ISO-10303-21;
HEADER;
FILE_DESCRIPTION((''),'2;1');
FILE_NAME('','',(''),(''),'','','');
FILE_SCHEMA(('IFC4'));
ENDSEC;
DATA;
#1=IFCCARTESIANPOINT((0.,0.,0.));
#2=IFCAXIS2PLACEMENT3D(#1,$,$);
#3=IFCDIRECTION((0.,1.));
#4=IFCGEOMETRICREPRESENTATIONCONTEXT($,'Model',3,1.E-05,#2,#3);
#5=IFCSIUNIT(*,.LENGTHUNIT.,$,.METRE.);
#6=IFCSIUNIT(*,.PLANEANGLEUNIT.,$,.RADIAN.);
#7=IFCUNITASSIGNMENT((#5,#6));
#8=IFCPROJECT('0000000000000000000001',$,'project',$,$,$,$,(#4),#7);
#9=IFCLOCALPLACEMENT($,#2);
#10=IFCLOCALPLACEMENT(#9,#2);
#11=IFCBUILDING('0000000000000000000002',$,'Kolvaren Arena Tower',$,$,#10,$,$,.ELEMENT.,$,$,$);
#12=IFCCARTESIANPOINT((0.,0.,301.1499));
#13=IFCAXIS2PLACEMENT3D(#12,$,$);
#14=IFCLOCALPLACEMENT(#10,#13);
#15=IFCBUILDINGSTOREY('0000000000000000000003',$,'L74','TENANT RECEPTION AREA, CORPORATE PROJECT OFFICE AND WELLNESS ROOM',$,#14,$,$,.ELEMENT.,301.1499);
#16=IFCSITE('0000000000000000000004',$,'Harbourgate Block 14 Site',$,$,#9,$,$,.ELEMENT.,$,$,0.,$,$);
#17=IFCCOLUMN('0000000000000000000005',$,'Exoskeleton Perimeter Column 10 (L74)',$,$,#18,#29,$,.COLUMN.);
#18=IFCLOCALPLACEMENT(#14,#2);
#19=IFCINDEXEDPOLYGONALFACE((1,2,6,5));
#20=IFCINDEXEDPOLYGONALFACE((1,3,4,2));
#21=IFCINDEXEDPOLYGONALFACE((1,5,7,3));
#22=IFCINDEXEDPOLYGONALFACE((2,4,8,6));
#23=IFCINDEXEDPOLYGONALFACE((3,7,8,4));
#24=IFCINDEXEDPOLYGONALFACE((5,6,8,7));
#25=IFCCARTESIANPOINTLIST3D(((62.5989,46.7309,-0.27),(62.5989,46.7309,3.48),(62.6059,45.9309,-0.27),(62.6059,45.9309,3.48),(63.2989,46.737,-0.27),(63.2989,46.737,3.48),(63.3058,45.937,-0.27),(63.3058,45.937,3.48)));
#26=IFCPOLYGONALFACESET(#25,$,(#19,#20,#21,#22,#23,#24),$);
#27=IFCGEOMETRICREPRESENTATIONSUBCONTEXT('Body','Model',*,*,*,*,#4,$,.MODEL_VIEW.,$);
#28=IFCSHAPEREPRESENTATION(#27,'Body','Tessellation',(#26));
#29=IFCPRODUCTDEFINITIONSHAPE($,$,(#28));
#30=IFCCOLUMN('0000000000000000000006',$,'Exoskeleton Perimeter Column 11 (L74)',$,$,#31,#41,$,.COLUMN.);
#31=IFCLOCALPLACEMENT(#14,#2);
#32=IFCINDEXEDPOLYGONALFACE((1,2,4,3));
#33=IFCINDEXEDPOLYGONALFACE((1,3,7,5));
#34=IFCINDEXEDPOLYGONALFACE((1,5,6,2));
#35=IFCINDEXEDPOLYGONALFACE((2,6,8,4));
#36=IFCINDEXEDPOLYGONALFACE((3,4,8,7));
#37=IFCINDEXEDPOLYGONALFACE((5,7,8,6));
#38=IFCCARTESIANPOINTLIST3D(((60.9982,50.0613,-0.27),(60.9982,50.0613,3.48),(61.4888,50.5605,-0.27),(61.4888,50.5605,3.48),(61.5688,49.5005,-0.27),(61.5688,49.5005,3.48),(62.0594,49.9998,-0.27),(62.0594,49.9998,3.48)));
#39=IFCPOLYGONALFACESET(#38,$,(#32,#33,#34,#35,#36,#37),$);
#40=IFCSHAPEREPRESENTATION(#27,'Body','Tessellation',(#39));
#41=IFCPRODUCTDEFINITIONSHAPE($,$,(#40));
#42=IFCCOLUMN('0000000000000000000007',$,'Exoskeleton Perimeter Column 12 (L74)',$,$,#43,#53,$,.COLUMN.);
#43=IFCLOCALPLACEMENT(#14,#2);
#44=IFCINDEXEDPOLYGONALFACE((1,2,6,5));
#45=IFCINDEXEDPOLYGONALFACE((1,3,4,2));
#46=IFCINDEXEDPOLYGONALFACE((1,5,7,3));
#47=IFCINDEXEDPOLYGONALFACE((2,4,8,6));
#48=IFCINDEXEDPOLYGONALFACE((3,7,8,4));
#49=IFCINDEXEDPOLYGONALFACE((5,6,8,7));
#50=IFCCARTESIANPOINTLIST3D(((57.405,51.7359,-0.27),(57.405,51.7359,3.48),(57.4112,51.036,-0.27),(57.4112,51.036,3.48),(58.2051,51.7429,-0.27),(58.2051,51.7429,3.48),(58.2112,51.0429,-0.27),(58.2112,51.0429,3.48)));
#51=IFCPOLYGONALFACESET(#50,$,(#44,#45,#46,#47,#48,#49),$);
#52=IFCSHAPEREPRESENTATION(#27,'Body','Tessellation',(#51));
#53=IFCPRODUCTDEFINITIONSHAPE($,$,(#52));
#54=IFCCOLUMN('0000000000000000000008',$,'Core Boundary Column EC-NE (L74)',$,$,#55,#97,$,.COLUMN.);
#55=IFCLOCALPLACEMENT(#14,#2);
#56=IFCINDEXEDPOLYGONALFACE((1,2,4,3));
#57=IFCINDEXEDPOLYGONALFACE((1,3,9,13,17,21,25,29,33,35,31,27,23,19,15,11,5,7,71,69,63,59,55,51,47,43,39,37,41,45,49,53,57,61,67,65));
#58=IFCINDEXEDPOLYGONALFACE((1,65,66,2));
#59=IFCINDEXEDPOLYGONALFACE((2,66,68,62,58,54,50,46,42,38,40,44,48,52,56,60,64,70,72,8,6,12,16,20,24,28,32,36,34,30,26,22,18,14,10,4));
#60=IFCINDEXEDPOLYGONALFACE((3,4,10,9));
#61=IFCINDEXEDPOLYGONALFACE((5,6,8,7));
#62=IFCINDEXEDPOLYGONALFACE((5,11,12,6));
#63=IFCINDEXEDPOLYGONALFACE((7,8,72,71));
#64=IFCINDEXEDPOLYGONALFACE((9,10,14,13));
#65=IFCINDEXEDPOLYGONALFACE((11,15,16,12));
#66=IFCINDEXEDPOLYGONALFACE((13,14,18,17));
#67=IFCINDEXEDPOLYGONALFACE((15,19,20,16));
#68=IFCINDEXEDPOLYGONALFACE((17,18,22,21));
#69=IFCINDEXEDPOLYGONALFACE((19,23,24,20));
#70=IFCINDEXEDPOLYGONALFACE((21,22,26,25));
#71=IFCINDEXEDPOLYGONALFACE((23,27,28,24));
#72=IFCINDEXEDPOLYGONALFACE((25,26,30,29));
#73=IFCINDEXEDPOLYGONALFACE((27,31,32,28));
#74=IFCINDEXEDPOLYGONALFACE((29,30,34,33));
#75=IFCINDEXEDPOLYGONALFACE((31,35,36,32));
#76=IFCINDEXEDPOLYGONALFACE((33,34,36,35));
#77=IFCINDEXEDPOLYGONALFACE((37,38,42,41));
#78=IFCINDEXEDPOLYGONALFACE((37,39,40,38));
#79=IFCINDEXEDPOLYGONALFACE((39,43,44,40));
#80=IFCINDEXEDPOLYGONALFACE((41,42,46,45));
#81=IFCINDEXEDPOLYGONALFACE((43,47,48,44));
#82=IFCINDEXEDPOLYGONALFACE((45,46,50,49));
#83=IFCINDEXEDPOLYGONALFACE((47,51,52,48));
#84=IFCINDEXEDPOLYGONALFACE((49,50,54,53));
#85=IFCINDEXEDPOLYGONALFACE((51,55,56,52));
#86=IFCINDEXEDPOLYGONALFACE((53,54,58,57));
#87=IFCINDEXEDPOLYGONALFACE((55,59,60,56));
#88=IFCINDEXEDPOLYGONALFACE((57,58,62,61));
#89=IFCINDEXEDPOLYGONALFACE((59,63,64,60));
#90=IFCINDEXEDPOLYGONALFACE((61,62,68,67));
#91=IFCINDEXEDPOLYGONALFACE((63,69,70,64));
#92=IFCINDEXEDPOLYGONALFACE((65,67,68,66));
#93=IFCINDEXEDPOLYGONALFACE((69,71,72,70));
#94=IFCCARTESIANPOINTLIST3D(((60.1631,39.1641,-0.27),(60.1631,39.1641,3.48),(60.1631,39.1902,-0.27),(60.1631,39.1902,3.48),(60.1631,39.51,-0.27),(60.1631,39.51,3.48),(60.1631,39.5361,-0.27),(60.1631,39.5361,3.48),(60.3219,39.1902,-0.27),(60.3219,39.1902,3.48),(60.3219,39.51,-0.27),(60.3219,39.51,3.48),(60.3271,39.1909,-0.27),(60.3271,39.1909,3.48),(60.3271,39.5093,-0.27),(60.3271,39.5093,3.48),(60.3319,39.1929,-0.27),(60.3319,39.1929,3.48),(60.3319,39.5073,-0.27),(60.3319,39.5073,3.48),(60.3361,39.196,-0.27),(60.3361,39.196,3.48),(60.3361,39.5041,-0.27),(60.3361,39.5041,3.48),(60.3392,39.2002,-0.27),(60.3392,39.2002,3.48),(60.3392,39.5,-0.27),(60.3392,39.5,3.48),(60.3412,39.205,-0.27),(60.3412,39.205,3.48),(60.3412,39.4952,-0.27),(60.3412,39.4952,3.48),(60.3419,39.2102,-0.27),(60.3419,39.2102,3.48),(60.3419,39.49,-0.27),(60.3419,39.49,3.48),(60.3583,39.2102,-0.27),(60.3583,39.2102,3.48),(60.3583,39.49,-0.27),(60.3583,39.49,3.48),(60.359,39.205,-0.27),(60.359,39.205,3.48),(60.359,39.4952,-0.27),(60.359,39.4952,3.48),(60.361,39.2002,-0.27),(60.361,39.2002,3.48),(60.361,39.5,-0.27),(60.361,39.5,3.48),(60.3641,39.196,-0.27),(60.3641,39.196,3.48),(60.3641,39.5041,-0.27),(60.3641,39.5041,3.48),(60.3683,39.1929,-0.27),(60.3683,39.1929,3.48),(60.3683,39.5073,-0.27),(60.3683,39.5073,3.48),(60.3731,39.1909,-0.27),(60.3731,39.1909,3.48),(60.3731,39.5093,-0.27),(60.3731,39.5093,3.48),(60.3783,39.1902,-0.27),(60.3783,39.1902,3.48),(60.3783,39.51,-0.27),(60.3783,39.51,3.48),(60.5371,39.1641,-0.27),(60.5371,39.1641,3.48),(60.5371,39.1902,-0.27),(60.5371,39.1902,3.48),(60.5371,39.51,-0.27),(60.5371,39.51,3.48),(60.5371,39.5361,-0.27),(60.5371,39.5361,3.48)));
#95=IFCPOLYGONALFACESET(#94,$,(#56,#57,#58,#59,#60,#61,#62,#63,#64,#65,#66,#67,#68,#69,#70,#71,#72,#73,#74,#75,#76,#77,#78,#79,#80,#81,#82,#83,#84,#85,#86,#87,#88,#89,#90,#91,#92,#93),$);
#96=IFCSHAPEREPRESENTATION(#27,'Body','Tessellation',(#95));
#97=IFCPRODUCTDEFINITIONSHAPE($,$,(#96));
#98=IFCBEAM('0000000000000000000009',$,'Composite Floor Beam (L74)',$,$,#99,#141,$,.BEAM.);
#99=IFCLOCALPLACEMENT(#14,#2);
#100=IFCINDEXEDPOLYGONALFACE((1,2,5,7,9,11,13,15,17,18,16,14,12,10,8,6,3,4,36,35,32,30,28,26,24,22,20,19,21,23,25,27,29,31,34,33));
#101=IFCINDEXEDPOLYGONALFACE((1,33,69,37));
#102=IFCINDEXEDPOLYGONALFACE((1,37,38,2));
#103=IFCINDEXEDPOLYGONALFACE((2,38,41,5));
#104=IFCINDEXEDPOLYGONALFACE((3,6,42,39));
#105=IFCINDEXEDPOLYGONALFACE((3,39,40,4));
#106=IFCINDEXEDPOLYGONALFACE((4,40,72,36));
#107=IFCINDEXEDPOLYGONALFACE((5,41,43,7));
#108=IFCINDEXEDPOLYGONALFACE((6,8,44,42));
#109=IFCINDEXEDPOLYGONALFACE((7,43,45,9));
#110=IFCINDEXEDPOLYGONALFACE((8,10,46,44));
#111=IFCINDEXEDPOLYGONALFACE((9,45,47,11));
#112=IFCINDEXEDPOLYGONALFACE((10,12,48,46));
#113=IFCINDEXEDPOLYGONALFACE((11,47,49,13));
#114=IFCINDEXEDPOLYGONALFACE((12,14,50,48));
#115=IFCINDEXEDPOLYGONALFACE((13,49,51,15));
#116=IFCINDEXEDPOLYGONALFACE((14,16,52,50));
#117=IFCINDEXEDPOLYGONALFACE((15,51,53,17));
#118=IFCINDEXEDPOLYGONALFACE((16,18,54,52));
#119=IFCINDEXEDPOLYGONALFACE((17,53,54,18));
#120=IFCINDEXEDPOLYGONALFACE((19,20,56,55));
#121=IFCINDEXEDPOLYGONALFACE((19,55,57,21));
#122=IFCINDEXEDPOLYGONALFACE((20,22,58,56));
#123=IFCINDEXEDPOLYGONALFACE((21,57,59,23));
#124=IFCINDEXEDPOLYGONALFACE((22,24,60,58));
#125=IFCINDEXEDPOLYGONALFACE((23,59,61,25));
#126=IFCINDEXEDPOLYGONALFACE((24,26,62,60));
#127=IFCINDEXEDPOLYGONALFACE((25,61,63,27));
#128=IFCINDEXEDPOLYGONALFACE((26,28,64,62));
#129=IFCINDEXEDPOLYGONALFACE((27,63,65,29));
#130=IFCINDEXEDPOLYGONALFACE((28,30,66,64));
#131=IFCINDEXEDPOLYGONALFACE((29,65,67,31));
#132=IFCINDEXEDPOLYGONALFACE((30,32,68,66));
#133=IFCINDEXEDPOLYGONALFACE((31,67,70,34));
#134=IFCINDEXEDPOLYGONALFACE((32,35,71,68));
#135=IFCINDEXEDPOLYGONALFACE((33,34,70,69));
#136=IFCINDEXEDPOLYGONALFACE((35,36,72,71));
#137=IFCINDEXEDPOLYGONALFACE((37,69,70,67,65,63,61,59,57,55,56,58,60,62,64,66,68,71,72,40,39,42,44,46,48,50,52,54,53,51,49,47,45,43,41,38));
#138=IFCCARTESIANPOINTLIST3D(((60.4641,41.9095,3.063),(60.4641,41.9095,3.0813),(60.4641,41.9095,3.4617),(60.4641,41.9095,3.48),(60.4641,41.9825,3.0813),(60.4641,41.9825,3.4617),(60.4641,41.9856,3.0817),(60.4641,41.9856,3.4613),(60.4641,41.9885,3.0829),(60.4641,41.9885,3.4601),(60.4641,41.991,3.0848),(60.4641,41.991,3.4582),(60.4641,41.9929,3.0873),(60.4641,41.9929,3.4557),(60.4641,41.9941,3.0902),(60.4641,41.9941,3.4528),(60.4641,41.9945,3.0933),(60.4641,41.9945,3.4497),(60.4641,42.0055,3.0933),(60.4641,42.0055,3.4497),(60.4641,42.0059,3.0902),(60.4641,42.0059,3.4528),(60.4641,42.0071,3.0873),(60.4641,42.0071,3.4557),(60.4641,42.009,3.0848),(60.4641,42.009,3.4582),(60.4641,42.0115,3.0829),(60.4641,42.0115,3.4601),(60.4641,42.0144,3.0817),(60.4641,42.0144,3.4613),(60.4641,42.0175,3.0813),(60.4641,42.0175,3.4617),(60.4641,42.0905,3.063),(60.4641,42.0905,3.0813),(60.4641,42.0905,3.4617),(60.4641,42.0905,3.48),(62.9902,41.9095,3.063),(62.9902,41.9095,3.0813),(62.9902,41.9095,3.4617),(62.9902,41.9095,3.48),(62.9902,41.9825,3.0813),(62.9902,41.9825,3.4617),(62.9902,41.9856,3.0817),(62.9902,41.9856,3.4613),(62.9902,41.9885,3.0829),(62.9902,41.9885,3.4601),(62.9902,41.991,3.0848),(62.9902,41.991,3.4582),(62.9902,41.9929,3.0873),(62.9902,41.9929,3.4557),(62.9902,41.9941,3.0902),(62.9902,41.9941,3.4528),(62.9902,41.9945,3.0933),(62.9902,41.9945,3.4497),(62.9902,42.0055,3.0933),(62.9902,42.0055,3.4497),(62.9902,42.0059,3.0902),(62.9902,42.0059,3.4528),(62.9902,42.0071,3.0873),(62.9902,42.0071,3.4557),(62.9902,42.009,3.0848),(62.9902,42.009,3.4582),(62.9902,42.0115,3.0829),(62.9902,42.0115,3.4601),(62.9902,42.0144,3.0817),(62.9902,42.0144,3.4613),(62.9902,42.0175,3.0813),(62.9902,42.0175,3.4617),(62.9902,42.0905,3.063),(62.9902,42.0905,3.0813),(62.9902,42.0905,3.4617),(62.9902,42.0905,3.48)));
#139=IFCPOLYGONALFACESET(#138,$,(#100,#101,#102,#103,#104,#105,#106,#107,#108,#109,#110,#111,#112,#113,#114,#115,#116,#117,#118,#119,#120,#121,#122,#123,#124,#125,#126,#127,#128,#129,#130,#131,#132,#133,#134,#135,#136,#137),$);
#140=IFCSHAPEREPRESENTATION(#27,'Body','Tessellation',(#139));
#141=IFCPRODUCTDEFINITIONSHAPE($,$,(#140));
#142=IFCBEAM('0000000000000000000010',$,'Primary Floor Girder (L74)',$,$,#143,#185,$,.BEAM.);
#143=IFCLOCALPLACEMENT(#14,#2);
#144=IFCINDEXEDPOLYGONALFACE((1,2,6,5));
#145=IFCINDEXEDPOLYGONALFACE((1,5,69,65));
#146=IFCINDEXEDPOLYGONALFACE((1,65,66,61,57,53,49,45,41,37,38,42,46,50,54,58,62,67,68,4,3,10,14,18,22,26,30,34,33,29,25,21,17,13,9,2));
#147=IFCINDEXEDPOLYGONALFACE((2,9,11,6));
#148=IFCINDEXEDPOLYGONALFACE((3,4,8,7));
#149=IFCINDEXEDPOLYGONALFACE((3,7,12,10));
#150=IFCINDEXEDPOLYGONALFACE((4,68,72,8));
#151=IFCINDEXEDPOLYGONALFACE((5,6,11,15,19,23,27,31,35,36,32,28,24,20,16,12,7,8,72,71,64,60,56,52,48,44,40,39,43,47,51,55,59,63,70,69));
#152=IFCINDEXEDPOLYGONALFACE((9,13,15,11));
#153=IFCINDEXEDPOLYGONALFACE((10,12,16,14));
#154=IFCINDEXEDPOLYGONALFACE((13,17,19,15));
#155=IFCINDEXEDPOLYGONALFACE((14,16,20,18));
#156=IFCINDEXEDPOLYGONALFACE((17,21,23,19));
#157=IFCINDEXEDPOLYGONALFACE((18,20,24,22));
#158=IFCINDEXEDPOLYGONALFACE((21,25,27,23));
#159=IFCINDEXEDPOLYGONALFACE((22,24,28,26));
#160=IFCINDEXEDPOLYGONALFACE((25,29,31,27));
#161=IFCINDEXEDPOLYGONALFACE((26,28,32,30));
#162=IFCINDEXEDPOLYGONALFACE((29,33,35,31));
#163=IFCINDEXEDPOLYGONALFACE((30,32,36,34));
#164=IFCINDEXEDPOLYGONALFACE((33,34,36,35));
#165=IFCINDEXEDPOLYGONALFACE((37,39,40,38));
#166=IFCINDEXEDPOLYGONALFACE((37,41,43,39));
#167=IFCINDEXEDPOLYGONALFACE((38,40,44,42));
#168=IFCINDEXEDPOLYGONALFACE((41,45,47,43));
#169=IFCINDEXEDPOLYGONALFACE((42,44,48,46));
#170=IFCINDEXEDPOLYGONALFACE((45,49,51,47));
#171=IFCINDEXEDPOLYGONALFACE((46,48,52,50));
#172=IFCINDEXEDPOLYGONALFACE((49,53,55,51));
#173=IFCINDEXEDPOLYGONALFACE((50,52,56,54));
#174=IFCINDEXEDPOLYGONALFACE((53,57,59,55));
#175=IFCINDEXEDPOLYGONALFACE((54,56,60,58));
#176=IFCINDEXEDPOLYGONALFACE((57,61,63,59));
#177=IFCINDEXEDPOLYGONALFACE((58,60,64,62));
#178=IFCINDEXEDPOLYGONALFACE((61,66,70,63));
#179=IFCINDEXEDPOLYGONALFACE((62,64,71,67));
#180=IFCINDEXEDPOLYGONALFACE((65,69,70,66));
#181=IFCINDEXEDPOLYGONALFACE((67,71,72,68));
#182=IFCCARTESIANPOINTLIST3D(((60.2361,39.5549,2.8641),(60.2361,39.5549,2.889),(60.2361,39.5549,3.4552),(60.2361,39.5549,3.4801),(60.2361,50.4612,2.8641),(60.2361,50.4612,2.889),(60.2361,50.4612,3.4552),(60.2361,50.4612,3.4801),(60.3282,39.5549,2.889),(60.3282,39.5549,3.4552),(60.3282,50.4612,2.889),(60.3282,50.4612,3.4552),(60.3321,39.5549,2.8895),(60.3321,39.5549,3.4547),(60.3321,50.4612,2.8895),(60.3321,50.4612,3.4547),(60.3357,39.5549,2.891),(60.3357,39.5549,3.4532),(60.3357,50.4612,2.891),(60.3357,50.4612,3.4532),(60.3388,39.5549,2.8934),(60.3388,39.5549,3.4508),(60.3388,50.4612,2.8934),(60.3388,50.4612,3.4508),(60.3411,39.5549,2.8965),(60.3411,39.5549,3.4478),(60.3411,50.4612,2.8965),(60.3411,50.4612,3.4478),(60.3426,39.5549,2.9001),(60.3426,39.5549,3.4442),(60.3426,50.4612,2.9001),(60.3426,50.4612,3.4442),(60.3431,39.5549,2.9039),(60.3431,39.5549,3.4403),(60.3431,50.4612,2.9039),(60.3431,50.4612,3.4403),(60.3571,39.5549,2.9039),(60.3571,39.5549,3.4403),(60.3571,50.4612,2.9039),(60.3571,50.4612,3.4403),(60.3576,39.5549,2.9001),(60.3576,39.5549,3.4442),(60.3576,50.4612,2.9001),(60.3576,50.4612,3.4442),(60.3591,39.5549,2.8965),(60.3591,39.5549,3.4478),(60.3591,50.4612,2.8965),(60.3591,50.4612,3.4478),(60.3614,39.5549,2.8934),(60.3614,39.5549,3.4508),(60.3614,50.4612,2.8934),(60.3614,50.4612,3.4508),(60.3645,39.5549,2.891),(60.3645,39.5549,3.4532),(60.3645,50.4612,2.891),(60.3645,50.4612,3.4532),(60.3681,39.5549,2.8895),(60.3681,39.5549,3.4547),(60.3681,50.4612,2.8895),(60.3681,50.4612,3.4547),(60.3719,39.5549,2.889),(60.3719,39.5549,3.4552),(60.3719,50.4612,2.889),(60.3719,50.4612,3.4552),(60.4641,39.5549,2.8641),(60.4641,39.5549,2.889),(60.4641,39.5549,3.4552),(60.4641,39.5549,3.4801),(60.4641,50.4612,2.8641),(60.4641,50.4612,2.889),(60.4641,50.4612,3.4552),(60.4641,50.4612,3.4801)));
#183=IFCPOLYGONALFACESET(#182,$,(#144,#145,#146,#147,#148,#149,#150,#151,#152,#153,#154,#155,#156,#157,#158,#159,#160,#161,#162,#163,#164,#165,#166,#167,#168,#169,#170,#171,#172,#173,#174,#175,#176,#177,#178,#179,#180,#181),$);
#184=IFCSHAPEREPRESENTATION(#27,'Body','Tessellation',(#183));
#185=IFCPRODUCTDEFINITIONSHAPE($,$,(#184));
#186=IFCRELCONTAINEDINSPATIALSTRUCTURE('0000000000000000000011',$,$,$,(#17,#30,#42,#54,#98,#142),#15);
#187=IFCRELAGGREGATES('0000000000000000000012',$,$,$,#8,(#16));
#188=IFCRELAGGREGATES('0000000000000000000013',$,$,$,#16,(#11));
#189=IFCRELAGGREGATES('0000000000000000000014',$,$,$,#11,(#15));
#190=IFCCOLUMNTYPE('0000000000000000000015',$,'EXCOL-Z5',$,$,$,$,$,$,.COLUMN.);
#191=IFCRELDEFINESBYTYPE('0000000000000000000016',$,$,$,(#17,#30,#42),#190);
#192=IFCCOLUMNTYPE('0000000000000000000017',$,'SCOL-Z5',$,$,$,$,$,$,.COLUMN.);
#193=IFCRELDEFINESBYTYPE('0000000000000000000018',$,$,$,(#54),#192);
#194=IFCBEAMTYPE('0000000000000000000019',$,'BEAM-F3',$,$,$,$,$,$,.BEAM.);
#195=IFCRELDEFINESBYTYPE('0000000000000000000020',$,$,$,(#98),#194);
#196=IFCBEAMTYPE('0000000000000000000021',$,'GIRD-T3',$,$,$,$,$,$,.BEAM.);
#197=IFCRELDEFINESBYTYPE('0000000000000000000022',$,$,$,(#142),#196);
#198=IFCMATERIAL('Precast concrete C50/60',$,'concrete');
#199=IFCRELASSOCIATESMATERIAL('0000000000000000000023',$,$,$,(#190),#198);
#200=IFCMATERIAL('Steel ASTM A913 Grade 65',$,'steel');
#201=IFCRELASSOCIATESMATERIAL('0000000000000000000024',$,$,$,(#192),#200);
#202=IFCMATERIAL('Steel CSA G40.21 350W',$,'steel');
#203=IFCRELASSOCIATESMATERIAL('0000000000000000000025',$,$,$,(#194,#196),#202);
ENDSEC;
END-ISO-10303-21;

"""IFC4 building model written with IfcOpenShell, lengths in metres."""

from ifc_helpers import new_model, si_unit, direction, frame, origin, origin_2d, place, context, subcontext, project, spatial, rectangle, i_section, extrude, material, material_profile, profile_set, type_object, element, save


model = new_model("IFC4")

# Units and contexts
model_context = context("Model", 3, precision=1e-05, world=origin(), true_north=direction((0.0, 1.0)))
body_context = subcontext(model_context, "Body", "Model", "MODEL_VIEW")
ifc_project = project(units=[si_unit("LENGTHUNIT", "METRE"), si_unit("PLANEANGLEUNIT", "RADIAN")], contexts=[model_context])

# Site, building, storey
site_placement = place(None, origin())
site = spatial("IfcSite", under=ifc_project, at=site_placement, Name="Harbourgate Block 14 Site", CompositionType="ELEMENT", RefElevation=0.0)
building_placement = place(site_placement, origin())
building = spatial("IfcBuilding", under=site, at=building_placement, Name="Kolvaren Arena Tower", CompositionType="ELEMENT")
storey_placement = place(building_placement, frame((0.0, 0.0, 301.1499)))
storey = spatial("IfcBuildingStorey", under=building, at=storey_placement, Name="L74", Description="TENANT RECEPTION AREA, CORPORATE PROJECT OFFICE AND WELLNESS ROOM", CompositionType="ELEMENT", Elevation=301.1499)

# Columns
ifc_material_1 = material(Name="Precast concrete C50/60", Category="concrete")
ifc_material_profile_1 = material_profile(ifc_material_1, rectangle(XDim=0.8, YDim=0.7, at=origin_2d()), Name="RC-800x700")
ifc_profile_set_1 = profile_set([ifc_material_profile_1], Name="Precast concrete C50/60")
column_type_1 = type_object("IfcColumnType", Name="EXCOL-Z5", PredefinedType="COLUMN", material=ifc_profile_set_1)
for number, where, z_axis, x_axis, name in (
    (1, (62.9524, 46.334, -0.27), (0.0, 0.0, 1.0), (-0.008727, 0.999962, 0.0), "Exoskeleton Perimeter Column 10 (L74)"),
    (2, (61.5288, 50.0305, -0.27), (0.0, 0.0, 1.0), (-0.71325, 0.700909, 0.0), "Exoskeleton Perimeter Column 11 (L74)"),
    (3, (57.8081, 51.3894, -0.27), (0.0, 0.0, 1.0), (0.999962, 0.008727, 0.0), "Exoskeleton Perimeter Column 12 (L74)"),
):
    element("IfcColumn", number, at=place(storey_placement, frame(where, z_axis=z_axis, x_axis=x_axis)), inside=storey, type_object=column_type_1, Name=name, PredefinedType="COLUMN", context=body_context, shape_type="SweptSolid", body=[
        extrude(rectangle(XDim=0.8, YDim=0.7, at=origin_2d()), origin(), (0.0, 0.0, 1.0), 3.75),
    ])
ifc_material_2 = material(Name="Steel ASTM A913 Grade 65", Category="steel")
ifc_material_profile_2 = material_profile(ifc_material_2, i_section(OverallWidth=0.374, OverallDepth=0.3721, WebThickness=0.0164, FlangeThickness=0.0261, FilletRadius=0.02, at=origin_2d()), Name="W360x196")
ifc_profile_set_2 = profile_set([ifc_material_profile_2], Name="Steel ASTM A913 Grade 65")
column_type_2 = type_object("IfcColumnType", Name="SCOL-Z5", PredefinedType="COLUMN", material=ifc_profile_set_2)
column_placement = place(storey_placement, frame((60.3501, 39.3501, -0.27), z_axis=(0.0, 0.0, 1.0), x_axis=(1.0, 0.0, 0.0)))
element("IfcColumn", 4, at=column_placement, inside=storey, type_object=column_type_2, Name="Core Boundary Column EC-NE (L74)", PredefinedType="COLUMN", context=body_context, shape_type="SweptSolid", body=[
    extrude(i_section(OverallWidth=0.374, OverallDepth=0.3721, WebThickness=0.0164, FlangeThickness=0.0261, FilletRadius=0.02, at=origin_2d()), origin(), (0.0, 0.0, 1.0), 3.75),
])

# Beams
ifc_material_3 = material(Name="Steel CSA G40.21 350W", Category="steel")
ifc_material_profile_3 = material_profile(ifc_material_3, i_section(OverallWidth=0.1809, OverallDepth=0.417, WebThickness=0.011, FlangeThickness=0.0183, FilletRadius=0.012, at=origin_2d()), Name="W410x85")
ifc_profile_set_3 = profile_set([ifc_material_profile_3], Name="Steel CSA G40.21 350W")
beam_type_1 = type_object("IfcBeamType", Name="BEAM-F3", PredefinedType="BEAM", material=ifc_profile_set_3)
beam_1_placement = place(storey_placement, frame((60.4641, 42.0, 3.2715), z_axis=(1.0, 0.0, 0.0), x_axis=(0.0, 1.0, 0.0)))
element("IfcBeam", 5, at=beam_1_placement, inside=storey, type_object=beam_type_1, Name="Composite Floor Beam (L74)", PredefinedType="BEAM", context=body_context, shape_type="SweptSolid", body=[
    extrude(i_section(OverallWidth=0.1809, OverallDepth=0.417, WebThickness=0.011, FlangeThickness=0.0183, FilletRadius=0.012, at=origin_2d()), origin(), (0.0, 0.0, 1.0), 2.5261),
])
ifc_material_profile_4 = material_profile(ifc_material_3, i_section(OverallWidth=0.228, OverallDepth=0.616, WebThickness=0.0139, FlangeThickness=0.0249, FilletRadius=0.0149, at=origin_2d()), Name="W610x174")
ifc_profile_set_4 = profile_set([ifc_material_profile_4], Name="Steel CSA G40.21 350W")
beam_type_2 = type_object("IfcBeamType", Name="GIRD-T3", PredefinedType="BEAM", material=ifc_profile_set_4)
beam_2_placement = place(storey_placement, frame((60.3501, 39.5549, 3.1721), z_axis=(0.0, 1.0, 0.0), x_axis=(-1.0, 0.0, 0.0)))
element("IfcBeam", 6, at=beam_2_placement, inside=storey, type_object=beam_type_2, Name="Primary Floor Girder (L74)", PredefinedType="BEAM", context=body_context, shape_type="SweptSolid", body=[
    extrude(i_section(OverallWidth=0.228, OverallDepth=0.616, WebThickness=0.0139, FlangeThickness=0.0249, FilletRadius=0.0149, at=origin_2d()), origin(), (0.0, 0.0, 1.0), 10.9062),
])

save(model, "model.ifc")
